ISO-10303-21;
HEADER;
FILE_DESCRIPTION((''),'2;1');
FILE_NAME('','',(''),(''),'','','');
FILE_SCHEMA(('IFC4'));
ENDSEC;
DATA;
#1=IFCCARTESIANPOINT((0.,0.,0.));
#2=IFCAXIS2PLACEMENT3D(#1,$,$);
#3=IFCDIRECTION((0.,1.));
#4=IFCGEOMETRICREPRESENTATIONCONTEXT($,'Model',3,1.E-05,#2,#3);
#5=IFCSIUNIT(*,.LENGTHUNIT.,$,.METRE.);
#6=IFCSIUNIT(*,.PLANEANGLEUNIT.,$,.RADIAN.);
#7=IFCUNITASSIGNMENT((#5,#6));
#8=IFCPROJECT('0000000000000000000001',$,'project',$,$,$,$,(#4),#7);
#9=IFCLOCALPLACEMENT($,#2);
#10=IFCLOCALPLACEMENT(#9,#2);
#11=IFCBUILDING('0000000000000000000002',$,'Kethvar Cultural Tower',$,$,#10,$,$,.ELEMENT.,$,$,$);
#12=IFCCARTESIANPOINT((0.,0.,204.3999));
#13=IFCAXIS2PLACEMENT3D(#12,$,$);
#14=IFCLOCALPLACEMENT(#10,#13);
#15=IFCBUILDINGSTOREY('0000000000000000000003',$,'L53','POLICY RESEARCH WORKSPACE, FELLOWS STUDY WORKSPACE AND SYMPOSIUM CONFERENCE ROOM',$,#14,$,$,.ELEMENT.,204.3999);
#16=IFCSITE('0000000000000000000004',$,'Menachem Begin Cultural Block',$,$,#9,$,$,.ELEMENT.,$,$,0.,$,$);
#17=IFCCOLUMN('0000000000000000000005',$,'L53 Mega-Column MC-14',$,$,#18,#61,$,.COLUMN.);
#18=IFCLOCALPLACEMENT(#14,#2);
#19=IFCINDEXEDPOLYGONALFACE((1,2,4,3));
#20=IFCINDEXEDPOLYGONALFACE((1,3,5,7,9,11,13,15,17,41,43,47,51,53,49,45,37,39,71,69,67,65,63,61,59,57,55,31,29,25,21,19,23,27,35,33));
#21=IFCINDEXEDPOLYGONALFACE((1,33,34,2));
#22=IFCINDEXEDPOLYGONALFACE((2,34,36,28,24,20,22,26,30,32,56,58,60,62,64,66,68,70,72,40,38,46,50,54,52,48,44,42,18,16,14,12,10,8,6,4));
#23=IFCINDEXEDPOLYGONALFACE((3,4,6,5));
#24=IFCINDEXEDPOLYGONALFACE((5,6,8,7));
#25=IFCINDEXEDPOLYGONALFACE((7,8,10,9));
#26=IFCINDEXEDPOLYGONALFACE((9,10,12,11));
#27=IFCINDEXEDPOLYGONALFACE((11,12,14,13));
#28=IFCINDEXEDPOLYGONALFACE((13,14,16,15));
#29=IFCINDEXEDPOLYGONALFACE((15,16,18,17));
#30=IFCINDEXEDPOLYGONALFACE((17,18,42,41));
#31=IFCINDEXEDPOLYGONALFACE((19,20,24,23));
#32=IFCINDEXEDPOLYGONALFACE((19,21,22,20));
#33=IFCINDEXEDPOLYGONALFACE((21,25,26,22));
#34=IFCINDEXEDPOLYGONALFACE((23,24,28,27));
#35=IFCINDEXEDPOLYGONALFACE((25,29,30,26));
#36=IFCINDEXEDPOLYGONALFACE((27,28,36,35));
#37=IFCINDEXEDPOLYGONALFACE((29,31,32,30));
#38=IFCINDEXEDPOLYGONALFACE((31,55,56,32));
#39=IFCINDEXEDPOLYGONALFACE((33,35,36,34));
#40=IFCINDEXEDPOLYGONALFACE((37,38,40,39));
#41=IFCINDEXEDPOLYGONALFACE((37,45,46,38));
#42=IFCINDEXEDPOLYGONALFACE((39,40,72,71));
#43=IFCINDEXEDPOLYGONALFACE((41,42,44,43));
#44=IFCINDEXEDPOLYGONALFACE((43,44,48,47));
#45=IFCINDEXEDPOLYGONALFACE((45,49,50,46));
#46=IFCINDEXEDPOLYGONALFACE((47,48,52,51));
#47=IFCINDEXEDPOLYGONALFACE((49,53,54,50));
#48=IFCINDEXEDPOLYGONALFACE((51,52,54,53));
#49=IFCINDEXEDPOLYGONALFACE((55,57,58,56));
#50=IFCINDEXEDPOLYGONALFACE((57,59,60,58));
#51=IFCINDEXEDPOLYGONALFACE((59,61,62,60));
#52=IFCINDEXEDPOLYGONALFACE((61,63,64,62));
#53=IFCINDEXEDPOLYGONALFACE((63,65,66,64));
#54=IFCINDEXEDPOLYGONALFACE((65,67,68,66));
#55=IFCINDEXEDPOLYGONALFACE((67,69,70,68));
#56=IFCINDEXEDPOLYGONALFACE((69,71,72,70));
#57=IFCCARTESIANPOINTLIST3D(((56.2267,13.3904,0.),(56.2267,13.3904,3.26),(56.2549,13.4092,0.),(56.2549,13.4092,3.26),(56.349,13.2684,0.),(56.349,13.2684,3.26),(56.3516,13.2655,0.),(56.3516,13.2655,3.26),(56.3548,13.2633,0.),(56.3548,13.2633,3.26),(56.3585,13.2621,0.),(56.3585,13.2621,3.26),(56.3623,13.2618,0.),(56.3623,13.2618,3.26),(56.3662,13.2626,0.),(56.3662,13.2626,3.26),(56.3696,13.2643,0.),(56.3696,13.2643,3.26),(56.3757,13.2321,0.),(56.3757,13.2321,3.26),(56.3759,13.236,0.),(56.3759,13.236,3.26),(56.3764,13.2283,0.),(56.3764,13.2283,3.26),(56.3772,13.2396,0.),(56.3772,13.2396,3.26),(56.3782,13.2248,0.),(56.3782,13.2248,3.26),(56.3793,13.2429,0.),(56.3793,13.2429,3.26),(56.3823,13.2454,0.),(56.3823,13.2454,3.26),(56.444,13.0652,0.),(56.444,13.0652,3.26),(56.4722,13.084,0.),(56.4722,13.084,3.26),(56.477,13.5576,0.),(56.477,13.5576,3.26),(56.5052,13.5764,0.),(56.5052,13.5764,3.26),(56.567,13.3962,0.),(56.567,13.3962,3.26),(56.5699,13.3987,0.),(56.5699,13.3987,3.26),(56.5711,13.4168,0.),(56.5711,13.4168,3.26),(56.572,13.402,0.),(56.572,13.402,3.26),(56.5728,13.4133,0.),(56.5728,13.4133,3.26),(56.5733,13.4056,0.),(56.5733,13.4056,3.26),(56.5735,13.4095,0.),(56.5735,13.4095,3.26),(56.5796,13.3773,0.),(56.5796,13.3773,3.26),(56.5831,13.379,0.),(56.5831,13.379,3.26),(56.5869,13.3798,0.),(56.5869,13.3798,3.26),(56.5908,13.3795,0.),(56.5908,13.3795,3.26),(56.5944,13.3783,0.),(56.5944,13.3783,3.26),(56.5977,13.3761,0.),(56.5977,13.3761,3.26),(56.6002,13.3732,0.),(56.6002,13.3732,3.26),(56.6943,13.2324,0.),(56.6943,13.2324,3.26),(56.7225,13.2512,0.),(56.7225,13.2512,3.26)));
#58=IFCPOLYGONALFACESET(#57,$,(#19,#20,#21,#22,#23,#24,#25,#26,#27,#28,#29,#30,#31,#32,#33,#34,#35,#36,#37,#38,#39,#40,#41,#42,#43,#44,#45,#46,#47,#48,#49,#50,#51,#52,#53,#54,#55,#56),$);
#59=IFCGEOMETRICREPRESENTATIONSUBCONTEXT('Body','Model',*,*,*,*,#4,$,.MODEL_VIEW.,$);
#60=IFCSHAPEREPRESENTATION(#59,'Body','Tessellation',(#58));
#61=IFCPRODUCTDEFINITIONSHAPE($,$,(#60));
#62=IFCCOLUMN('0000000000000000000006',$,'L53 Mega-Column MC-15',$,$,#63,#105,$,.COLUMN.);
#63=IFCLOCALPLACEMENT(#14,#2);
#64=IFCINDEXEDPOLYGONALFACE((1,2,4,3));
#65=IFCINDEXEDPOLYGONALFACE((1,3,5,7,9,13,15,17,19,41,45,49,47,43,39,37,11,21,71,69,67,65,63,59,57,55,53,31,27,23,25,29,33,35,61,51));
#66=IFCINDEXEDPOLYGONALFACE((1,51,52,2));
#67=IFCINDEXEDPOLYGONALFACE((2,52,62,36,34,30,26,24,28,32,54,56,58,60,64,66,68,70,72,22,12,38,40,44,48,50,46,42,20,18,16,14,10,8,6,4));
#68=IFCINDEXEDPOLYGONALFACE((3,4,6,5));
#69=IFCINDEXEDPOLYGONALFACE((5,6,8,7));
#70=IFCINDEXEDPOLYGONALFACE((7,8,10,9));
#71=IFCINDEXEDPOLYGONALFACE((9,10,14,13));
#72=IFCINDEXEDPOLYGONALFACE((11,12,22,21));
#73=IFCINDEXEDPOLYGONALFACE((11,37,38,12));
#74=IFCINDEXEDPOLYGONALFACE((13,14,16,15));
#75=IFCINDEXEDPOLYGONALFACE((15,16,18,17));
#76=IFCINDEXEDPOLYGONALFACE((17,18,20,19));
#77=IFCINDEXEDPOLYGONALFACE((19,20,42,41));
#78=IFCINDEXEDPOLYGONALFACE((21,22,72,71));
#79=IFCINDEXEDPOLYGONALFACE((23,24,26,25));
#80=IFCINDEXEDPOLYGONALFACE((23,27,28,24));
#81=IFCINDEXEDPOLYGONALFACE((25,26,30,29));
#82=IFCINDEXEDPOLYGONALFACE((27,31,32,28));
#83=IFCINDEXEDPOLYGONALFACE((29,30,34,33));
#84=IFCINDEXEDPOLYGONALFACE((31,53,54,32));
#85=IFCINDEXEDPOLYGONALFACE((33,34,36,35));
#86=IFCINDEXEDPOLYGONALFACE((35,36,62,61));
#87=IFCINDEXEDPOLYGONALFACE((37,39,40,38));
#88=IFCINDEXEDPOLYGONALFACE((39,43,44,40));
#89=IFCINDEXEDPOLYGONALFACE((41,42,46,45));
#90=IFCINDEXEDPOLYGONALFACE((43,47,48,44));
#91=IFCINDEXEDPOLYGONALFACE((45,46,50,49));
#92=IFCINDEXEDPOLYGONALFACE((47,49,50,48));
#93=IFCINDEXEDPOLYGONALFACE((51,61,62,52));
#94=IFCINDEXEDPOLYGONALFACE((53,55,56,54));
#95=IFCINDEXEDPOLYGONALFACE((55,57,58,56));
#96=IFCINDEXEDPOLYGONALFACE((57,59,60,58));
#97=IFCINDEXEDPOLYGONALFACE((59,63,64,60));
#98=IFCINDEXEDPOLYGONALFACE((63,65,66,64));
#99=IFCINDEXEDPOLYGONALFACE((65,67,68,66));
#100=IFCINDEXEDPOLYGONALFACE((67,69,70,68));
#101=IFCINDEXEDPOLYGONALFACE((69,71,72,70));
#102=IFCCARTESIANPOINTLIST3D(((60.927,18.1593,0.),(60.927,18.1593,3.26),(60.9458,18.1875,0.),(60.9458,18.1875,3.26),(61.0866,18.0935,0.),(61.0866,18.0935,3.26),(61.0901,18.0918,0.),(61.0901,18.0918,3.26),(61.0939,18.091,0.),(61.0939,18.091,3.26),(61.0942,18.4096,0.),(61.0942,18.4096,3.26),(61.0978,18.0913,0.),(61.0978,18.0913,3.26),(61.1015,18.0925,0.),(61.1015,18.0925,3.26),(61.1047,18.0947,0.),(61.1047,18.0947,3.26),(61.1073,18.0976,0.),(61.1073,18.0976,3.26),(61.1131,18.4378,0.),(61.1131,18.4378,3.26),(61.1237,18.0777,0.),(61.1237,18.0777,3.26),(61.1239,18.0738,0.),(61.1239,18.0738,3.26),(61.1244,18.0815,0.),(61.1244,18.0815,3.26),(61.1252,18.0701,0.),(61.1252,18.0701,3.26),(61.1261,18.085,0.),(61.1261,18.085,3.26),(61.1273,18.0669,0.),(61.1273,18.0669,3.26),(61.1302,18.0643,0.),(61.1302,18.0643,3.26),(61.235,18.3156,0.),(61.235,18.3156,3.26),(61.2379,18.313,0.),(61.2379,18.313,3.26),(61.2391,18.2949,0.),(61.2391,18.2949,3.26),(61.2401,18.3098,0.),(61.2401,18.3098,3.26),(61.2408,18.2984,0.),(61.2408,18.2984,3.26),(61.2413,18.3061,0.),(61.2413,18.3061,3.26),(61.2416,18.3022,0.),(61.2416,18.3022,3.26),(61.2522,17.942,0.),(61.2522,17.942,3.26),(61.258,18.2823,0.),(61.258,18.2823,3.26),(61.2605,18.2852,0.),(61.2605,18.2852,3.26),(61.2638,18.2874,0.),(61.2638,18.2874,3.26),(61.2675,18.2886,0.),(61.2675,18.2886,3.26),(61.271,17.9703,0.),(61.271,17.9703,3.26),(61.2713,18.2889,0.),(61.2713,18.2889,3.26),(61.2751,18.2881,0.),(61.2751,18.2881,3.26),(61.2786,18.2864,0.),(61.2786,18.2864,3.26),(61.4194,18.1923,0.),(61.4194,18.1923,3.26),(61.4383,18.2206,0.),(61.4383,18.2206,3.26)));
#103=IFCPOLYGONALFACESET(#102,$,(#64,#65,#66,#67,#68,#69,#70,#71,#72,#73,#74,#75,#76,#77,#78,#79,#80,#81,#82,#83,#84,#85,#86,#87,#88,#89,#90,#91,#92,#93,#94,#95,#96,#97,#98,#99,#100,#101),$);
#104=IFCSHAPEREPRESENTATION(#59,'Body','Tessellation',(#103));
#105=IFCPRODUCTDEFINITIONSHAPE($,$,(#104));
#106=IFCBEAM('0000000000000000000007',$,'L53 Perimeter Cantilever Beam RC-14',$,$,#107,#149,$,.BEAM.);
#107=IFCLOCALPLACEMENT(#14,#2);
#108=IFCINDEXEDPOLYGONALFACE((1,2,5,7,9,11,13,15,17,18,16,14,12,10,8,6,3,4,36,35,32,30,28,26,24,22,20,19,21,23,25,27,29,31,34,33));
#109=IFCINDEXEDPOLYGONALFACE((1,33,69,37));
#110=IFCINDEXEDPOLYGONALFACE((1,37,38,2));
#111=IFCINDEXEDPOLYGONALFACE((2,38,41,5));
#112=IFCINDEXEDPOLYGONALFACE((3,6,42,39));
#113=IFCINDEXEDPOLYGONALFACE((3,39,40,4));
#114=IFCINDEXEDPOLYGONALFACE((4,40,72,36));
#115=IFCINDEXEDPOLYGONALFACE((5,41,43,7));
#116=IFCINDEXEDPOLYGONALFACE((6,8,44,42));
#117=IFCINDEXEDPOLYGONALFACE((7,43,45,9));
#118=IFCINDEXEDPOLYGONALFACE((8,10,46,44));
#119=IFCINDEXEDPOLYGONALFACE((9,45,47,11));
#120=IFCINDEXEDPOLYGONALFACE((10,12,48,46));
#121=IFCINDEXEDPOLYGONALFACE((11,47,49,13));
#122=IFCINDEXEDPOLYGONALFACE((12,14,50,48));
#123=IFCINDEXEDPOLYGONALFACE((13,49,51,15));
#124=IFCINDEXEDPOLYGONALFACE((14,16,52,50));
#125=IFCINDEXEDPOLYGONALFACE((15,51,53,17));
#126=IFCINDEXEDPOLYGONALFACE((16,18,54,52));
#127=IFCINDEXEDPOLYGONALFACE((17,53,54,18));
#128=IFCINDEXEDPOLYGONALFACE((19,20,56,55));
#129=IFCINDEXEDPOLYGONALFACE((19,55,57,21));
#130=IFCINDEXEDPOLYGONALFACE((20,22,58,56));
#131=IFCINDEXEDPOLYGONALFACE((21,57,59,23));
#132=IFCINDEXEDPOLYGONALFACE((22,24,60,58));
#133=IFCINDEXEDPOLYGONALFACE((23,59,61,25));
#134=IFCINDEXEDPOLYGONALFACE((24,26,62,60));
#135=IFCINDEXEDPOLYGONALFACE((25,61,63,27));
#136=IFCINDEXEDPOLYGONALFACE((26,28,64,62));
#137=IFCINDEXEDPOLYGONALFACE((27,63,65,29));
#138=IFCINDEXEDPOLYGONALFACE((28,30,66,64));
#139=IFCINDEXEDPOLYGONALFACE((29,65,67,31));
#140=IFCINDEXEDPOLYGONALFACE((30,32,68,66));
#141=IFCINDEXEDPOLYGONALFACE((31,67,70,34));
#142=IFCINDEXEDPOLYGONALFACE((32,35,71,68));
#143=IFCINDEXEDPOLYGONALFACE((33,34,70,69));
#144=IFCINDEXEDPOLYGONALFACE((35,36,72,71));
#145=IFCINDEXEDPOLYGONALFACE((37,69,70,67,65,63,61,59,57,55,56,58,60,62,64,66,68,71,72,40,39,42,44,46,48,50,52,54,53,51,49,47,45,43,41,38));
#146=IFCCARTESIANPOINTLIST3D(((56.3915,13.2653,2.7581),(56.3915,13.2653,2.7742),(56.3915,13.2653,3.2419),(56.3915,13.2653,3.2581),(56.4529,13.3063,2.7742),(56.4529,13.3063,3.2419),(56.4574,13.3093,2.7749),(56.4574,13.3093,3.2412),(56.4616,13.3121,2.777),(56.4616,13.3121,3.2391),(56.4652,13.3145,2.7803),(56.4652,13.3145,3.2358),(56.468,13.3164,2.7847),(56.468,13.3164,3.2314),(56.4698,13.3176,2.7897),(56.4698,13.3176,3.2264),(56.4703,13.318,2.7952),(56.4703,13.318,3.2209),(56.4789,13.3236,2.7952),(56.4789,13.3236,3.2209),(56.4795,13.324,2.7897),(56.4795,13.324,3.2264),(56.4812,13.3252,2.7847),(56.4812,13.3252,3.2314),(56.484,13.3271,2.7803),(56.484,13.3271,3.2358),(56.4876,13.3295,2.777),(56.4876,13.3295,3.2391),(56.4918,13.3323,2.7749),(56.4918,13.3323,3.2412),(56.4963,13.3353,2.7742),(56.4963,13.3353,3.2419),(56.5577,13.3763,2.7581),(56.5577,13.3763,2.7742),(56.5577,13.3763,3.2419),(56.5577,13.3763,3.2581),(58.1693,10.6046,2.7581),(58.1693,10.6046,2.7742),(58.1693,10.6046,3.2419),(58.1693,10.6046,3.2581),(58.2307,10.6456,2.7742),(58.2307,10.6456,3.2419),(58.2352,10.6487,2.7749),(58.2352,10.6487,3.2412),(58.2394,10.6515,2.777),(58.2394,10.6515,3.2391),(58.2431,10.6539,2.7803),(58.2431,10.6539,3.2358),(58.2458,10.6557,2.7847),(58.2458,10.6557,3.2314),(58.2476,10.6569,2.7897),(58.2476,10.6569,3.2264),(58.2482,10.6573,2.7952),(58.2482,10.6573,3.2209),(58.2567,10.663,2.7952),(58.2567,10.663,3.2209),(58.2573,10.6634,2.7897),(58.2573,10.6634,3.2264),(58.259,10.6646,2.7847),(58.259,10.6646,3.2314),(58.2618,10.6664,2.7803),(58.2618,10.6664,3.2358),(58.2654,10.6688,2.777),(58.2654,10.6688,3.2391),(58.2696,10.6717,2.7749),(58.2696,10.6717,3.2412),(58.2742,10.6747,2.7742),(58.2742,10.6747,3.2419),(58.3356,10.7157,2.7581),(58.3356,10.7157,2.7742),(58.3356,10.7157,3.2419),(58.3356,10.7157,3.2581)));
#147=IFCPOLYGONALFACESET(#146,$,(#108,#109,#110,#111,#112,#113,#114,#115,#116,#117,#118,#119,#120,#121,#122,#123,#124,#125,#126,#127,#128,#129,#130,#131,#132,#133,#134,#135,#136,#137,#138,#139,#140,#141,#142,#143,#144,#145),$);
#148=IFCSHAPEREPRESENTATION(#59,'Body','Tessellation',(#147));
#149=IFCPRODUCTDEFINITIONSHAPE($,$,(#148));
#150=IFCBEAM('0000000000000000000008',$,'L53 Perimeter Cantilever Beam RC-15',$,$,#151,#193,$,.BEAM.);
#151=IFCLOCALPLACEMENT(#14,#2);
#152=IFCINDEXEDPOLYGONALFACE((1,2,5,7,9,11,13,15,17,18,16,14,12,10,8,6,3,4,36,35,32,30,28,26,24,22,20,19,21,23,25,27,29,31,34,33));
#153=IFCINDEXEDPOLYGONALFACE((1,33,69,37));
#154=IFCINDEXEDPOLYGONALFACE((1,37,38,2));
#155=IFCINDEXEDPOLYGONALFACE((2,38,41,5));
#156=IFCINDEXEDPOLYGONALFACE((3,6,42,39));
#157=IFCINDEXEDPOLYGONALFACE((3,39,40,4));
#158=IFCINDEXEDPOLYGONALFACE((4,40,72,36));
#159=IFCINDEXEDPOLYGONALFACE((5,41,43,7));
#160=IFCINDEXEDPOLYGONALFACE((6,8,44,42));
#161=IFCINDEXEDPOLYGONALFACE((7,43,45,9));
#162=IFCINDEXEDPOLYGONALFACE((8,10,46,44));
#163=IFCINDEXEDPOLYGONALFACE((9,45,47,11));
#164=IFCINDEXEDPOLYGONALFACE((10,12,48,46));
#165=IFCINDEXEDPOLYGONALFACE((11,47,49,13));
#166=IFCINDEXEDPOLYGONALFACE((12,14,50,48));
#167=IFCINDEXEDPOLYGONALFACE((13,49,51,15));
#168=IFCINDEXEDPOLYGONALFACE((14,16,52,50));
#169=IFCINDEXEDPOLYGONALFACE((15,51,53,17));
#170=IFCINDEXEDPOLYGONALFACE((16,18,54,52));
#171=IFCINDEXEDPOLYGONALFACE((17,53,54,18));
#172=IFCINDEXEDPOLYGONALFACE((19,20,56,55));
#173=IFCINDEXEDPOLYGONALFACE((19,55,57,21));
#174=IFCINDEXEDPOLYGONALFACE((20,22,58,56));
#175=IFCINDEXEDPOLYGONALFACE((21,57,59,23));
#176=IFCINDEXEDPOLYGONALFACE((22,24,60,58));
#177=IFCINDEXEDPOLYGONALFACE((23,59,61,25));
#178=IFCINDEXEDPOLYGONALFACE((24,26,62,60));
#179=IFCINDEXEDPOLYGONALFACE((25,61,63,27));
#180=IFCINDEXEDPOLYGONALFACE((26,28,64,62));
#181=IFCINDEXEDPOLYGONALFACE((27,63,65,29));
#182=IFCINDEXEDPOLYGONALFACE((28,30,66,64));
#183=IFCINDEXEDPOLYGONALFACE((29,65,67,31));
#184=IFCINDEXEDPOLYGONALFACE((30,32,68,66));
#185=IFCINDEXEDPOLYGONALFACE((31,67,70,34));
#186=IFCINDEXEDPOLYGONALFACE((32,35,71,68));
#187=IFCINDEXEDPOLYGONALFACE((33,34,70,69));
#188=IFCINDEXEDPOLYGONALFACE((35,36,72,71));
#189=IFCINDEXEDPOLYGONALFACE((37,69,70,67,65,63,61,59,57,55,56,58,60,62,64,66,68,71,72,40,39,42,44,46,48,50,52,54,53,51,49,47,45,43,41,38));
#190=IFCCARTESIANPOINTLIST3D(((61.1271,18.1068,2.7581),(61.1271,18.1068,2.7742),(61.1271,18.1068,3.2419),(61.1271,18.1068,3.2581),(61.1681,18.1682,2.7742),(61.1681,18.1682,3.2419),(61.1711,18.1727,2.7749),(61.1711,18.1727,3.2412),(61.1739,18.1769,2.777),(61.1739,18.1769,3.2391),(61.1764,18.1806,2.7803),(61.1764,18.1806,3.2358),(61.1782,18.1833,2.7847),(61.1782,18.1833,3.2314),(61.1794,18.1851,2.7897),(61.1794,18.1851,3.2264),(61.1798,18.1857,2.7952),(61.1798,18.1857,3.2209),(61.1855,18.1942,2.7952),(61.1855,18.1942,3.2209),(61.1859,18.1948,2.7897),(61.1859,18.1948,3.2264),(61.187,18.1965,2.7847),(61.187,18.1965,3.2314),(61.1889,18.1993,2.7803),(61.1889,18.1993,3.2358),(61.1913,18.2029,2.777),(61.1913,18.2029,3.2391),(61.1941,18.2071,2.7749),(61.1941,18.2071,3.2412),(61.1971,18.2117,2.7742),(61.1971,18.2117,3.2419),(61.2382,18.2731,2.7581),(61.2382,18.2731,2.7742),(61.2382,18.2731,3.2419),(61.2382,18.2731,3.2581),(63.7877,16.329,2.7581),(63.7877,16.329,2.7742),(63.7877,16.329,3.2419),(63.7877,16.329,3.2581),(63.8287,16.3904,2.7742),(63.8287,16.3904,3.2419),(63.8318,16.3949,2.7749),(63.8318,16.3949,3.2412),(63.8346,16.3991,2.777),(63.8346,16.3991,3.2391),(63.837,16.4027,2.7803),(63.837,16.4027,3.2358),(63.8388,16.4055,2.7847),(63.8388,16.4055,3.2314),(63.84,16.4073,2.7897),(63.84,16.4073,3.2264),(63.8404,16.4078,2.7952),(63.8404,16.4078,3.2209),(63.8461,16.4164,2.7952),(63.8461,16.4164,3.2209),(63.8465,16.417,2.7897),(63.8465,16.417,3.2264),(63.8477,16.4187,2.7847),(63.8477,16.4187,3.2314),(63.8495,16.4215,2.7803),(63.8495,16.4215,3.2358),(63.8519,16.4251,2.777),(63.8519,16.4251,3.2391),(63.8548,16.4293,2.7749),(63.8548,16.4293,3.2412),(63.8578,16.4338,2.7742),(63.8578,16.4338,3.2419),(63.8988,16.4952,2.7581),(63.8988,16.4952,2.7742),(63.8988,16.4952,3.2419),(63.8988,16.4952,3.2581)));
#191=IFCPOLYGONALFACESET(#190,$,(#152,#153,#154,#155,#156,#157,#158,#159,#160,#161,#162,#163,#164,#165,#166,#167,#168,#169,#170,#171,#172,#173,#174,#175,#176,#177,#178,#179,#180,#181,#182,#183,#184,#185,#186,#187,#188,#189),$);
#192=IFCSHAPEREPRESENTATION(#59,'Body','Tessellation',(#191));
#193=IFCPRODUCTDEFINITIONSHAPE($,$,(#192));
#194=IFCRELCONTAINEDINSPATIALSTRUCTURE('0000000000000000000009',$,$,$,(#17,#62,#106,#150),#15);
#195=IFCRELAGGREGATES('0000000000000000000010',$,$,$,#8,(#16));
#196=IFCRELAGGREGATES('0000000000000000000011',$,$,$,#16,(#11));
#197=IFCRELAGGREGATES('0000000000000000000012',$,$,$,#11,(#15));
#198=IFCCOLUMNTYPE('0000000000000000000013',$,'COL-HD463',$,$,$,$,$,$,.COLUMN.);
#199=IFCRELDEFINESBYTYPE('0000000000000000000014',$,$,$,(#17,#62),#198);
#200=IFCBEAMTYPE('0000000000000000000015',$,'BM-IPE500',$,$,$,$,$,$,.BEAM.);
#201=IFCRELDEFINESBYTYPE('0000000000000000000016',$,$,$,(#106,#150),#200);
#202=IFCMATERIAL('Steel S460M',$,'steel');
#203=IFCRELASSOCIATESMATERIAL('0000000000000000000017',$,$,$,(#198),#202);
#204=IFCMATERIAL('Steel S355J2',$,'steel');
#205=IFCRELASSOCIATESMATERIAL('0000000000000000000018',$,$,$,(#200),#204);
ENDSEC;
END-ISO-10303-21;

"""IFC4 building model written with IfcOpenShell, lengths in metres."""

from ifc_helpers import new_model, si_unit, direction, frame, origin, origin_2d, place, context, subcontext, project, spatial, i_section, extrude, source, transform, mapped, material, material_profile, profile_set, type_object, element, save


model = new_model("IFC4")

# Units and contexts
model_context = context("Model", 3, precision=1e-05, world=origin(), true_north=direction((0.0, 1.0)))
body_context = subcontext(model_context, "Body", "Model", "MODEL_VIEW")
ifc_project = project(units=[si_unit("LENGTHUNIT", "METRE"), si_unit("PLANEANGLEUNIT", "RADIAN")], contexts=[model_context])

# Site, building, storey
site_placement = place(None, origin())
site = spatial("IfcSite", under=ifc_project, at=site_placement, Name="Menachem Begin Cultural Block", CompositionType="ELEMENT", RefElevation=0.0)
building_placement = place(site_placement, origin())
building = spatial("IfcBuilding", under=site, at=building_placement, Name="Kethvar Cultural Tower", CompositionType="ELEMENT")
storey_placement = place(building_placement, frame((0.0, 0.0, 204.3999)))
storey = spatial("IfcBuildingStorey", under=building, at=storey_placement, Name="L53", Description="POLICY RESEARCH WORKSPACE, FELLOWS STUDY WORKSPACE AND SYMPOSIUM CONFERENCE ROOM", CompositionType="ELEMENT", Elevation=204.3999)

# Columns
ifc_material_1 = material(Name="Steel S460M", Category="steel")
ifc_material_profile_1 = material_profile(ifc_material_1, i_section(OverallWidth=0.3911, OverallDepth=0.335, WebThickness=0.0227, FlangeThickness=0.0339, FilletRadius=0.0149, at=origin_2d()), Name="Steel S460M — HD400x463")
ifc_profile_set_1 = profile_set([ifc_material_profile_1], Name="Steel S460M — HD400x463")
column_type = type_object("IfcColumnType", Name="COL-HD463", PredefinedType="COLUMN", material=ifc_profile_set_1)
shared_shape_1 = source(origin(), body_context, "Body", "SweptSolid", [
    extrude(i_section(OverallWidth=0.3911, OverallDepth=0.335, WebThickness=0.0227, FlangeThickness=0.0339, FilletRadius=0.0149, at=origin_2d()), origin(), (0.0, 0.0, 1.0), 3.26),
])
for number, where, z_axis, x_axis, name in (
    (1, (56.4746, 13.3208, 0.0), (0.0, 0.0, 1.0), (0.55557, -0.83147, 0.0), "L53 Mega-Column MC-14"),
    (2, (61.1826, 18.1899, 0.0), (0.0, 0.0, 1.0), (0.83147, -0.55557, 0.0), "L53 Mega-Column MC-15"),
):
    element("IfcColumn", number, at=place(storey_placement, frame(where, z_axis=z_axis, x_axis=x_axis)), inside=storey, type_object=column_type, Name=name, PredefinedType="COLUMN", context=body_context, shape_type="MappedRepresentation", body=[
        mapped(shared_shape_1, transform((0.0, 0.0, 0.0), scale=1.0)),
    ])

# Beams
ifc_material_2 = material(Name="Steel S355J2", Category="steel")
ifc_material_profile_2 = material_profile(ifc_material_2, i_section(OverallWidth=0.2, OverallDepth=0.5, WebThickness=0.0103, FlangeThickness=0.0161, FilletRadius=0.021, at=origin_2d()), Name="Steel S355J2 — IPE500")
ifc_profile_set_2 = profile_set([ifc_material_profile_2], Name="Steel S355J2 — IPE500")
beam_type_1 = type_object("IfcBeamType", Name="BM-IPE500", PredefinedType="BEAM", material=ifc_profile_set_2)
shared_shape_2 = source(origin(), body_context, "Body", "SweptSolid", [
    extrude(i_section(OverallWidth=0.2, OverallDepth=0.5, WebThickness=0.0103, FlangeThickness=0.0161, FilletRadius=0.021, at=origin_2d()), origin(), (0.0, 0.0, 1.0), 3.2),
])
for number, where, z_axis, x_axis, name in (
    (3, (56.4746, 13.3208, 3.0081), (0.55558, -0.831463, 0.0), (0.831463, 0.55558, 0.0), "L53 Perimeter Cantilever Beam RC-14"),
    (4, (61.1826, 18.1899, 3.0081), (0.831463, -0.55558, 0.0), (0.55558, 0.831463, 0.0), "L53 Perimeter Cantilever Beam RC-15"),
):
    element("IfcBeam", number, at=place(storey_placement, frame(where, z_axis=z_axis, x_axis=x_axis)), inside=storey, type_object=beam_type_1, Name=name, PredefinedType="BEAM", context=body_context, shape_type="MappedRepresentation", body=[
        mapped(shared_shape_2, transform((0.0, 0.0, 0.0), scale=1.0)),
    ])

save(model, "model.ifc")
